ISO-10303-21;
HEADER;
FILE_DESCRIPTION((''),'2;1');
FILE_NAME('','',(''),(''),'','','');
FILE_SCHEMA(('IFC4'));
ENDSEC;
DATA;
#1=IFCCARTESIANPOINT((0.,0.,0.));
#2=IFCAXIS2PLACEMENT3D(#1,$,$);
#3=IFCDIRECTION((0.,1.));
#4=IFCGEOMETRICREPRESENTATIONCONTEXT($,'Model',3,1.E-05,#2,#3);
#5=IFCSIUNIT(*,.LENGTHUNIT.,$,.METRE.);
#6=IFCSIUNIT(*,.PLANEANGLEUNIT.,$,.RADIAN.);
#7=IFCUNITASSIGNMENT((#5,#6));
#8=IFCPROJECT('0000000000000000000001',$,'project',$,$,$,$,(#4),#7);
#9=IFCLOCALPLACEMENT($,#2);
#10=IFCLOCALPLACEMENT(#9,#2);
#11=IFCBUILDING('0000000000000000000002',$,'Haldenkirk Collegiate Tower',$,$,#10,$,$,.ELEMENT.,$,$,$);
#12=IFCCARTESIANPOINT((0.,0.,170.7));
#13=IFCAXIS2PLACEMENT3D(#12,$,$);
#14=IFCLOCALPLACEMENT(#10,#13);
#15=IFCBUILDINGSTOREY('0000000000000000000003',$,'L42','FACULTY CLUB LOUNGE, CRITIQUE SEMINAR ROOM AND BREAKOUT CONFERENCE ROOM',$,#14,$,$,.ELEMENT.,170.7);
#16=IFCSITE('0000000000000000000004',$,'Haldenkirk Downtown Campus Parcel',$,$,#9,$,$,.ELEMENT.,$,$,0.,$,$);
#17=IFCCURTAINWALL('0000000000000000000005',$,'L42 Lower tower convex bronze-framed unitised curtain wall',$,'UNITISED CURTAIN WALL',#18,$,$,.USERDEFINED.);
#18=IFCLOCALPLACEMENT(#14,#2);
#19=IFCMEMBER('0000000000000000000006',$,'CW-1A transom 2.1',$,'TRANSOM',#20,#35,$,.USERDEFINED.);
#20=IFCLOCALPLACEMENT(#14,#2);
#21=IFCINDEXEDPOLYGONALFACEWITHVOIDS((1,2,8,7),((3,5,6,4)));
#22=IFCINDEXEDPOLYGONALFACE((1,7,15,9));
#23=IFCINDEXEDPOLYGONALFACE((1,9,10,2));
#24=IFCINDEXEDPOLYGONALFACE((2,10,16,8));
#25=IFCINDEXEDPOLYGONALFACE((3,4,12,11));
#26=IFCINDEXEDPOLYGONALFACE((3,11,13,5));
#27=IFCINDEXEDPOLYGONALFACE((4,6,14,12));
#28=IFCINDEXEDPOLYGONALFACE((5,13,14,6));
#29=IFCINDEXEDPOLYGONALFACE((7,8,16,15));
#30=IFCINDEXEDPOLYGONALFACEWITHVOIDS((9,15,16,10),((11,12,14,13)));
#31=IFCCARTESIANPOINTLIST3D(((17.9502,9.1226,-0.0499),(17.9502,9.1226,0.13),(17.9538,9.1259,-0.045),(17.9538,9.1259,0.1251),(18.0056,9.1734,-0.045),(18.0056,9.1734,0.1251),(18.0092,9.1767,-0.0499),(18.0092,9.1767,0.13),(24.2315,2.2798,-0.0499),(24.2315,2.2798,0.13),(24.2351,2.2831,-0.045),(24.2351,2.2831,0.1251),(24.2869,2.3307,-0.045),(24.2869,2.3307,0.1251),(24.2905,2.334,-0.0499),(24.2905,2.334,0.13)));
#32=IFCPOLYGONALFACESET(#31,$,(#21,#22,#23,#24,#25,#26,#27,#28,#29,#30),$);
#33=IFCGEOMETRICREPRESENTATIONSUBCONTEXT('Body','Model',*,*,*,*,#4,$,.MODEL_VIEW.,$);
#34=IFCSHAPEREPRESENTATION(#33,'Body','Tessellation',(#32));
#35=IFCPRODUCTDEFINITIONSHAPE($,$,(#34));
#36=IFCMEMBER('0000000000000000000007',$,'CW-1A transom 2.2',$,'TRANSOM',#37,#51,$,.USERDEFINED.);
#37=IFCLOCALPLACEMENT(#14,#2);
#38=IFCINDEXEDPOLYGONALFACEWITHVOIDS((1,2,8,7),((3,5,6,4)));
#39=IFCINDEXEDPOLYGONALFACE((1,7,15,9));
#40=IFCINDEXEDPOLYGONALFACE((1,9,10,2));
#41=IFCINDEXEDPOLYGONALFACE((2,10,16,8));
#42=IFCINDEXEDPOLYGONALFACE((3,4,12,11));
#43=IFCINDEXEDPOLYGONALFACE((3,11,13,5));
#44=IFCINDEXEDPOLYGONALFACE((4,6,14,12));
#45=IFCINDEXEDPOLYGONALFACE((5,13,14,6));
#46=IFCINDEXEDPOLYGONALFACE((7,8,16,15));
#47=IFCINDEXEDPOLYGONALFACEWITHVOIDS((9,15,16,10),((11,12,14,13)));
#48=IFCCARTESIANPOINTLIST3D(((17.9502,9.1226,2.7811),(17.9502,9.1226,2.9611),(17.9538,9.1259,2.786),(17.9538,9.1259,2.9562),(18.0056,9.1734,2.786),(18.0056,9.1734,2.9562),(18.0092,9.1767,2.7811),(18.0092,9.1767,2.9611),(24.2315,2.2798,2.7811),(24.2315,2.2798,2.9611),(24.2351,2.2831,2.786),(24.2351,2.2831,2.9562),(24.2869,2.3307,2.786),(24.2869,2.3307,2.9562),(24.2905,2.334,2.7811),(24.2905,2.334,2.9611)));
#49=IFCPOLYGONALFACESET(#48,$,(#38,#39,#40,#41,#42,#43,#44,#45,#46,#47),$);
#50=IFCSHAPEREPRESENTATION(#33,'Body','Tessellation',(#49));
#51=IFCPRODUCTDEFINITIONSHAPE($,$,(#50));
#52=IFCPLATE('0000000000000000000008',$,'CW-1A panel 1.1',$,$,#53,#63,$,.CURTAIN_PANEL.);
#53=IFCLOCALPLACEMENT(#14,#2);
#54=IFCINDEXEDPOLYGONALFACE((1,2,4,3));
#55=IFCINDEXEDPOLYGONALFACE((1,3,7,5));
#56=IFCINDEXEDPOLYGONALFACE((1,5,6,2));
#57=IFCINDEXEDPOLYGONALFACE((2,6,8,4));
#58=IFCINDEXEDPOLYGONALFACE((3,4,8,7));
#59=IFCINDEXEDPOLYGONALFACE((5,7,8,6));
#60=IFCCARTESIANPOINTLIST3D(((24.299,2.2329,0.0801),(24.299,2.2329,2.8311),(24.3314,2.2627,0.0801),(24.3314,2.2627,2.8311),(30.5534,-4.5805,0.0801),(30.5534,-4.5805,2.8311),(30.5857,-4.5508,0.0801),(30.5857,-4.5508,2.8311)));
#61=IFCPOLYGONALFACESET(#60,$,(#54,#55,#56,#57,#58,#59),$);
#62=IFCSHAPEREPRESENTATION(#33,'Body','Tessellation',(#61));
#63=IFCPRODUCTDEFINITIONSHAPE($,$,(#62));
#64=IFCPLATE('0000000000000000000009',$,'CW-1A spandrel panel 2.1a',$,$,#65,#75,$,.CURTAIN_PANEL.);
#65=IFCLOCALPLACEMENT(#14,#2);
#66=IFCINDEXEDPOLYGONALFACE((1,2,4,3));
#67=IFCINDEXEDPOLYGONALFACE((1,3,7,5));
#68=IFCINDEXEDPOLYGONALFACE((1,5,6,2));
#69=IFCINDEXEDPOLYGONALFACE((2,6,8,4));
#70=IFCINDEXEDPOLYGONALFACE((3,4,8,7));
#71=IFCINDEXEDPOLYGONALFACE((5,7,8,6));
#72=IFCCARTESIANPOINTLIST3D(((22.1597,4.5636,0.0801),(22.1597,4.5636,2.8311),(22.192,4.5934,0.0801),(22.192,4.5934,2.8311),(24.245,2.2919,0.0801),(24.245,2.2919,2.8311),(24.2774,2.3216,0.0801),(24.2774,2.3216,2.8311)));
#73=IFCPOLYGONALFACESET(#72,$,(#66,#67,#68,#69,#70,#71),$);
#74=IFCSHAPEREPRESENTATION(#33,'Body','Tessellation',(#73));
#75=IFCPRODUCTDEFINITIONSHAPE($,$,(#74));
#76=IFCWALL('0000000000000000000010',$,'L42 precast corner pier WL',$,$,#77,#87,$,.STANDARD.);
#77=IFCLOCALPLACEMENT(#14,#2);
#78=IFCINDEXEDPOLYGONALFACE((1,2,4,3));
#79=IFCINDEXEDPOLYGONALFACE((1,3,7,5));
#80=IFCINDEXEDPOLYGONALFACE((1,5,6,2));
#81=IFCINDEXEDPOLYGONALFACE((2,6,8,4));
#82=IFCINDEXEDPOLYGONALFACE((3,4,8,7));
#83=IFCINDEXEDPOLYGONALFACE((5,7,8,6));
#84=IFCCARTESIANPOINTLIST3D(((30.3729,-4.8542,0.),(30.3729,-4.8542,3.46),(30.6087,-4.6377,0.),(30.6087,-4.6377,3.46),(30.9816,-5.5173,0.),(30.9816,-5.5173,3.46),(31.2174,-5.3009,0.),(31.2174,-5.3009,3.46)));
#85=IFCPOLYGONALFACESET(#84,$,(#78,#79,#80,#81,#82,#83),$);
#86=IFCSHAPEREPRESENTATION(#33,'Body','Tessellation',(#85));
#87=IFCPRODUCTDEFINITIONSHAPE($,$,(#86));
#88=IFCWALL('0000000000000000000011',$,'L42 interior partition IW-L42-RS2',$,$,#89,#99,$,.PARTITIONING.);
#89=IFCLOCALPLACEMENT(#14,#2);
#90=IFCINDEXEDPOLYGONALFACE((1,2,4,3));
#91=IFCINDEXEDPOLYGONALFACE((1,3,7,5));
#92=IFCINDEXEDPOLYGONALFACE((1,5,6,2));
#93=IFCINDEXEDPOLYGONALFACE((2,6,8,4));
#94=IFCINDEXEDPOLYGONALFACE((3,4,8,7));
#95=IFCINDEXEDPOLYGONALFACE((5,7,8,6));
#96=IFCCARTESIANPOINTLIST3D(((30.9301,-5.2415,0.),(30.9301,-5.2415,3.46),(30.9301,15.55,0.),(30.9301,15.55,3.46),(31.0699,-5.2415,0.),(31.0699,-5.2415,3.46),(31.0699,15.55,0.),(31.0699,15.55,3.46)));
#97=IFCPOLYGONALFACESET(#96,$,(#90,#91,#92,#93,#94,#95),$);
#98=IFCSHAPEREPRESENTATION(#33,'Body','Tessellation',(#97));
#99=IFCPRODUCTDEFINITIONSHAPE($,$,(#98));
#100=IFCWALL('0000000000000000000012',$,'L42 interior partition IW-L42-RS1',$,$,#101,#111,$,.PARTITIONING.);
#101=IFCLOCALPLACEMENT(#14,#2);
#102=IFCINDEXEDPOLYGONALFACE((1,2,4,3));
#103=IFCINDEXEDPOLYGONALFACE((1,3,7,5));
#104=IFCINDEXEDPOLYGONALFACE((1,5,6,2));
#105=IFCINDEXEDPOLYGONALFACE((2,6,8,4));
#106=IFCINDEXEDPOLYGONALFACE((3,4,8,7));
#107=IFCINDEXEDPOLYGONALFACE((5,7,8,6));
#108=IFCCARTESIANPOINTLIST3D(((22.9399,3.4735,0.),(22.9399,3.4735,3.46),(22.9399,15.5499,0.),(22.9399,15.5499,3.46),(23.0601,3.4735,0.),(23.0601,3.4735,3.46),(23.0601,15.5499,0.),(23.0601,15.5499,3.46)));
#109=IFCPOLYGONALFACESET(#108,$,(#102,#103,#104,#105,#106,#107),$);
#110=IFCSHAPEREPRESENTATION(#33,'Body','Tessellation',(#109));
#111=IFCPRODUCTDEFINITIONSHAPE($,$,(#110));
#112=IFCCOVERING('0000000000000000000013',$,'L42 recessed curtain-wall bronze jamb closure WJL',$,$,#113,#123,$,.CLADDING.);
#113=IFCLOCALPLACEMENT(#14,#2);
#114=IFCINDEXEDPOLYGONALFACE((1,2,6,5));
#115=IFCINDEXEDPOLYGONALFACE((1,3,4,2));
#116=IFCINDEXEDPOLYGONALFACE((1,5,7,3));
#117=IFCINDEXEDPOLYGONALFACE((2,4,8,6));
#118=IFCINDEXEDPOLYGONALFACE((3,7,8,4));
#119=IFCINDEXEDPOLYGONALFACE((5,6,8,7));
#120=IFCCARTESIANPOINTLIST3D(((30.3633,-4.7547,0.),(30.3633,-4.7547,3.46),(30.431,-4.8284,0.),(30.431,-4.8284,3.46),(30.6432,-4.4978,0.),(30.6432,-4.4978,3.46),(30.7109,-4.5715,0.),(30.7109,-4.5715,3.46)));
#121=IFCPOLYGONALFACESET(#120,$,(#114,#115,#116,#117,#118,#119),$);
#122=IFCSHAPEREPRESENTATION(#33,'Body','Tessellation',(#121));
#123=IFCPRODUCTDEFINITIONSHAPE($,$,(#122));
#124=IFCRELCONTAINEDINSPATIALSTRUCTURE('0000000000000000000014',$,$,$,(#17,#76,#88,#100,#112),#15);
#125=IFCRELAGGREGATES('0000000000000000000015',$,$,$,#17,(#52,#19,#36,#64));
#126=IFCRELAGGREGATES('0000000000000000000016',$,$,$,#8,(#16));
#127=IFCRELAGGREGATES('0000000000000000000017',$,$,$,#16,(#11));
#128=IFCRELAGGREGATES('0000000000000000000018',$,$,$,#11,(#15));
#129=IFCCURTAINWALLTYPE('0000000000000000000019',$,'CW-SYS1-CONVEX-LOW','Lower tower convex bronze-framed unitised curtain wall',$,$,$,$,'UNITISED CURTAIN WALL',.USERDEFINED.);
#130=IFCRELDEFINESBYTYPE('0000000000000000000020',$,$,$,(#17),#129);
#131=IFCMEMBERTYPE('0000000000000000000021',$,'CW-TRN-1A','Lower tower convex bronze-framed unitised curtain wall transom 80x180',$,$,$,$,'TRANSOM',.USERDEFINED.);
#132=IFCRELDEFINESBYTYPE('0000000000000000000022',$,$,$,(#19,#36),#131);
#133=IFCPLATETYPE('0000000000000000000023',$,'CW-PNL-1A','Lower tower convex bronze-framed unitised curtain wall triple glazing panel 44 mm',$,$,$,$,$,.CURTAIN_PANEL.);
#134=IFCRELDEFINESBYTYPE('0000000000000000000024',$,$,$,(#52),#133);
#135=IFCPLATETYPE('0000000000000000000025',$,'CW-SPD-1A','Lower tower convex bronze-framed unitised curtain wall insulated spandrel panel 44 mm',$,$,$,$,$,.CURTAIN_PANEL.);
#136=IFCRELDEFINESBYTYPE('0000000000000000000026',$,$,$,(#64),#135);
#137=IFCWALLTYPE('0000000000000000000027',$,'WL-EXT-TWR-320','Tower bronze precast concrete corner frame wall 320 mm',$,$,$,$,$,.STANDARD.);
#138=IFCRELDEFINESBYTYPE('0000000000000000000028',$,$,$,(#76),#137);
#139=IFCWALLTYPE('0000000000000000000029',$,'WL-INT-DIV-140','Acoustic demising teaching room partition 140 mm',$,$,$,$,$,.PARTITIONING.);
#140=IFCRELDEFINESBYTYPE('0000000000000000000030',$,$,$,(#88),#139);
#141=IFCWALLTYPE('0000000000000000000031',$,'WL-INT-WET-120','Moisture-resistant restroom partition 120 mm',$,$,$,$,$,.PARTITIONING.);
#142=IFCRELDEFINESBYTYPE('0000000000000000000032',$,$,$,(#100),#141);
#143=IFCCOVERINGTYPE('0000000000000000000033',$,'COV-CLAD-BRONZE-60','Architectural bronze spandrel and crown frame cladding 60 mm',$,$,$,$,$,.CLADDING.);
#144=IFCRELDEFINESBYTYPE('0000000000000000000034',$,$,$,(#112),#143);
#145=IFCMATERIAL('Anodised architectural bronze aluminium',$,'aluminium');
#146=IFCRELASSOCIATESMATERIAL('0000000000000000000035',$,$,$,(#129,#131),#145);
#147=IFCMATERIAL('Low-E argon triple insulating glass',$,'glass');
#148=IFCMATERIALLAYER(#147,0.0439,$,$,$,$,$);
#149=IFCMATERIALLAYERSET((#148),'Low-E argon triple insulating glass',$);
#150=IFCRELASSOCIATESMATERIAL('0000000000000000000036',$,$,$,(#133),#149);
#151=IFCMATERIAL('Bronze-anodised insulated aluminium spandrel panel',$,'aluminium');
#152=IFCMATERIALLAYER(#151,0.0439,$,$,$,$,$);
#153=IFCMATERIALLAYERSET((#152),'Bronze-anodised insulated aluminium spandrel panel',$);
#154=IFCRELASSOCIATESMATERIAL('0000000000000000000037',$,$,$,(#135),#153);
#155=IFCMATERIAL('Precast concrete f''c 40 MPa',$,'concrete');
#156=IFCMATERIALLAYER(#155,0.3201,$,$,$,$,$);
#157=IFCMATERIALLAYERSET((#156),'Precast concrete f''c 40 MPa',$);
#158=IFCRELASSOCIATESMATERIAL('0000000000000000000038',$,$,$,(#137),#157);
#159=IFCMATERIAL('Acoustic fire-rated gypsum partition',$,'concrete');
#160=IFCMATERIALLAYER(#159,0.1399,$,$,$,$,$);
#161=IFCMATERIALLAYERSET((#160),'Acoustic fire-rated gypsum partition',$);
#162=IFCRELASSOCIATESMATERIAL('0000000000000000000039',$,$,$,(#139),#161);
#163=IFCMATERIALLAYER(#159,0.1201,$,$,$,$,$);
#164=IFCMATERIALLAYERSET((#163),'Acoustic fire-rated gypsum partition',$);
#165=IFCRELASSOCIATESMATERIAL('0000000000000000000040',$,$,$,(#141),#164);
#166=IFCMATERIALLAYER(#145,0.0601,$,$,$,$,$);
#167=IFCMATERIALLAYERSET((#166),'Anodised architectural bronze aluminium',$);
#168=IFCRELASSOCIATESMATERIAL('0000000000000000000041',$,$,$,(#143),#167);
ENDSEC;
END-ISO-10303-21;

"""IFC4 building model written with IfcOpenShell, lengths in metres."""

from ifc_helpers import new_model, si_unit, direction, frame, frame_2d, origin, origin_2d, place, context, subcontext, project, spatial, rectangle, hollow_rectangle, extrude, source, transform, mapped, material, layer, layer_set, material_profile, profile_set, type_object, element, aggregate, save


model = new_model("IFC4")

# Units and contexts
model_context = context("Model", 3, precision=1e-05, world=origin(), true_north=direction((0.0, 1.0)))
body_context = subcontext(model_context, "Body", "Model", "MODEL_VIEW")
ifc_project = project(units=[si_unit("LENGTHUNIT", "METRE"), si_unit("PLANEANGLEUNIT", "RADIAN")], contexts=[model_context])

# Site, building, storey
site_placement = place(None, origin())
site = spatial("IfcSite", under=ifc_project, at=site_placement, Name="Haldenkirk Downtown Campus Parcel", CompositionType="ELEMENT", RefElevation=0.0)
building_placement = place(site_placement, origin())
building = spatial("IfcBuilding", under=site, at=building_placement, Name="Haldenkirk Collegiate Tower", CompositionType="ELEMENT")
storey_placement = place(building_placement, frame((0.0, 0.0, 170.7)))
storey = spatial("IfcBuildingStorey", under=building, at=storey_placement, Name="L42", Description="FACULTY CLUB LOUNGE, CRITIQUE SEMINAR ROOM AND BREAKOUT CONFERENCE ROOM", CompositionType="ELEMENT", Elevation=170.7)

# Curtain wall, members, plates
ifc_material_1 = material(Name="Anodised architectural bronze aluminium", Category="aluminium")
curtain_wall_type = type_object("IfcCurtainWallType", Name="CW-SYS1-CONVEX-LOW", Description="Lower tower convex bronze-framed unitised curtain wall", ElementType="UNITISED CURTAIN WALL", PredefinedType="USERDEFINED", material=ifc_material_1)
curtain_wall_placement = place(storey_placement, origin())
curtain_wall = element("IfcCurtainWall", 1, at=curtain_wall_placement, inside=storey, type_object=curtain_wall_type, Name="L42 Lower tower convex bronze-framed unitised curtain wall", ObjectType="UNITISED CURTAIN WALL", PredefinedType="USERDEFINED")
ifc_material_profile_1 = material_profile(ifc_material_1, hollow_rectangle(XDim=0.0801, YDim=0.1799, WallThickness=0.0049, at=origin_2d()), Name="CW-TRN-1A")
ifc_profile_set_1 = profile_set([ifc_material_profile_1], Name="Anodised architectural bronze aluminium")
member_type_1 = type_object("IfcMemberType", Name="CW-TRN-1A", Description="Lower tower convex bronze-framed unitised curtain wall transom 80x180", ElementType="TRANSOM", PredefinedType="USERDEFINED", material=ifc_profile_set_1)
member_1_placement = place(storey_placement, frame((24.261, 2.3069, 0.04), z_axis=(-0.676234, 0.736687, 0.0), x_axis=(-0.736687, -0.676234, 0.0)))
member_1 = element("IfcMember", 2, at=member_1_placement, type_object=member_type_1, Name="CW-1A transom 2.1", ObjectType="TRANSOM", PredefinedType="USERDEFINED", context=body_context, shape_type="SweptSolid", body=[
    extrude(hollow_rectangle(XDim=0.0801, YDim=0.1799, WallThickness=0.0049, at=origin_2d()), origin(), (0.0, 0.0, 1.0), 9.2886),
])
member_2_placement = place(storey_placement, frame((24.261, 2.3069, 2.8711), z_axis=(-0.676234, 0.736687, 0.0), x_axis=(-0.736687, -0.676234, 0.0)))
member_2 = element("IfcMember", 3, at=member_2_placement, type_object=member_type_1, Name="CW-1A transom 2.2", ObjectType="TRANSOM", PredefinedType="USERDEFINED", context=body_context, shape_type="SweptSolid", body=[
    extrude(hollow_rectangle(XDim=0.0801, YDim=0.1799, WallThickness=0.0049, at=origin_2d()), origin(), (0.0, 0.0, 1.0), 9.2886),
])
ifc_material_2 = material(Name="Low-E argon triple insulating glass", Category="glass")
ifc_layer_1 = layer(ifc_material_2, 0.0439)
ifc_layer_set_1 = layer_set([ifc_layer_1], Name="Low-E argon triple insulating glass")
plate_type_1 = type_object("IfcPlateType", Name="CW-PNL-1A", Description="Lower tower convex bronze-framed unitised curtain wall triple glazing panel 44 mm", PredefinedType="CURTAIN_PANEL", material=ifc_layer_set_1)
shared_shape_1 = source(origin(), body_context, "Body", "SweptSolid", [
    extrude(rectangle(XDim=9.2488, YDim=0.0439, at=origin_2d()), origin(), (0.0, 0.0, 1.0), 2.751),
])
plate_1_placement = place(storey_placement, frame((27.4424, -1.1589, 0.0801), z_axis=(0.0, 0.0, 1.0), x_axis=(-0.676232, 0.736689, 0.0)))
plate_1 = element("IfcPlate", 4, at=plate_1_placement, type_object=plate_type_1, Name="CW-1A panel 1.1", PredefinedType="CURTAIN_PANEL", context=body_context, shape_type="MappedRepresentation", body=[
    mapped(shared_shape_1, transform((0.0, 0.0, 0.0), x_axis=(1.0, 0.0, 0.0), y_axis=(0.0, 1.0, 0.0), z_axis=(0.0, 0.0, 1.0), scale=1.0)),
])
ifc_material_3 = material(Name="Bronze-anodised insulated aluminium spandrel panel", Category="aluminium")
ifc_layer_2 = layer(ifc_material_3, 0.0439)
ifc_layer_set_2 = layer_set([ifc_layer_2], Name="Bronze-anodised insulated aluminium spandrel panel")
plate_type_2 = type_object("IfcPlateType", Name="CW-SPD-1A", Description="Lower tower convex bronze-framed unitised curtain wall insulated spandrel panel 44 mm", PredefinedType="CURTAIN_PANEL", material=ifc_layer_set_2)
shared_shape_2 = source(origin(), body_context, "Body", "SweptSolid", [
    extrude(rectangle(XDim=3.0837, YDim=0.0439, at=origin_2d()), origin(), (0.0, 0.0, 1.0), 2.751),
])
plate_2_placement = place(storey_placement, frame((23.2185, 3.4426, 0.0801), z_axis=(0.0, 0.0, 1.0), x_axis=(-0.676232, 0.736689, 0.0)))
plate_2 = element("IfcPlate", 5, at=plate_2_placement, type_object=plate_type_2, Name="CW-1A spandrel panel 2.1a", PredefinedType="CURTAIN_PANEL", context=body_context, shape_type="MappedRepresentation", body=[
    mapped(shared_shape_2, transform((0.0, 0.0, 0.0), x_axis=(1.0, 0.0, 0.0), y_axis=(0.0, 1.0, 0.0), z_axis=(0.0, 0.0, 1.0), scale=1.0)),
])
aggregate(curtain_wall, [plate_1, member_1, member_2, plate_2])

# Walls
ifc_material_4 = material(Name="Precast concrete f'c 40 MPa", Category="concrete")
ifc_layer_3 = layer(ifc_material_4, 0.3201)
ifc_layer_set_3 = layer_set([ifc_layer_3], Name="Precast concrete f'c 40 MPa")
wall_type_1 = type_object("IfcWallType", Name="WL-EXT-TWR-320", Description="Tower bronze precast concrete corner frame wall 320 mm", PredefinedType="STANDARD", material=ifc_layer_set_3)
wall_1_placement = place(storey_placement, frame((31.0996, -5.4092, 0.0), z_axis=(0.0, 0.0, 1.0), x_axis=(-0.676216, 0.736704, 0.0)))
element("IfcWall", 6, at=wall_1_placement, inside=storey, type_object=wall_type_1, Name="L42 precast corner pier WL", PredefinedType="STANDARD", context=body_context, shape_type="SweptSolid", body=[
    extrude(rectangle(XDim=0.9001, YDim=0.3201, at=frame_2d((0.4502, 0.0))), origin(), (0.0, 0.0, 1.0), 3.46),
])
ifc_material_5 = material(Name="Acoustic fire-rated gypsum partition", Category="concrete")
ifc_layer_4 = layer(ifc_material_5, 0.1399)
ifc_layer_set_4 = layer_set([ifc_layer_4], Name="Acoustic fire-rated gypsum partition")
wall_type_2 = type_object("IfcWallType", Name="WL-INT-DIV-140", Description="Acoustic demising teaching room partition 140 mm", PredefinedType="PARTITIONING", material=ifc_layer_set_4)
wall_2_placement = place(storey_placement, frame((31.0, -5.2415, 0.0), z_axis=(0.0, 0.0, 1.0), x_axis=(0.0, 1.0, 0.0)))
element("IfcWall", 7, at=wall_2_placement, inside=storey, type_object=wall_type_2, Name="L42 interior partition IW-L42-RS2", PredefinedType="PARTITIONING", context=body_context, shape_type="SweptSolid", body=[
    extrude(rectangle(XDim=20.7915, YDim=0.1399, at=frame_2d((10.3958, 0.0))), origin(), (0.0, 0.0, 1.0), 3.46),
])
ifc_layer_5 = layer(ifc_material_5, 0.1201)
ifc_layer_set_5 = layer_set([ifc_layer_5], Name="Acoustic fire-rated gypsum partition")
wall_type_3 = type_object("IfcWallType", Name="WL-INT-WET-120", Description="Moisture-resistant restroom partition 120 mm", PredefinedType="PARTITIONING", material=ifc_layer_set_5)
wall_3_placement = place(storey_placement, frame((23.0, 3.4736, 0.0), z_axis=(0.0, 0.0, 1.0), x_axis=(0.0, 1.0, 0.0)))
element("IfcWall", 8, at=wall_3_placement, inside=storey, type_object=wall_type_3, Name="L42 interior partition IW-L42-RS1", PredefinedType="PARTITIONING", context=body_context, shape_type="SweptSolid", body=[
    extrude(rectangle(XDim=12.0764, YDim=0.1201, at=frame_2d((6.0381, 0.0))), origin(), (0.0, 0.0, 1.0), 3.46),
])

# Covering
ifc_layer_6 = layer(ifc_material_1, 0.0601)
ifc_layer_set_6 = layer_set([ifc_layer_6], Name="Anodised architectural bronze aluminium")
covering_type = type_object("IfcCoveringType", Name="COV-CLAD-BRONZE-60", Description="Architectural bronze spandrel and crown frame cladding 60 mm", PredefinedType="CLADDING", material=ifc_layer_set_6)
shared_shape_3 = source(origin(), body_context, "Body", "SweptSolid", [
    extrude(rectangle(XDim=0.1001, YDim=0.3799, at=origin_2d()), origin(), (0.0, 0.0, 1.0), 3.46),
])
covering_placement = place(storey_placement, frame((30.5371, -4.6631, 0.0), z_axis=(0.0, 0.0, 1.0), x_axis=(-0.676233, 0.736687, 0.0)))
element("IfcCovering", 9, at=covering_placement, inside=storey, type_object=covering_type, Name="L42 recessed curtain-wall bronze jamb closure WJL", PredefinedType="CLADDING", context=body_context, shape_type="MappedRepresentation", body=[
    mapped(shared_shape_3, transform((0.0, 0.0, 0.0), x_axis=(1.0, 0.0, 0.0), y_axis=(0.0, 1.0, 0.0), z_axis=(0.0, 0.0, 1.0), scale=1.0)),
])

save(model, "model.ifc")
